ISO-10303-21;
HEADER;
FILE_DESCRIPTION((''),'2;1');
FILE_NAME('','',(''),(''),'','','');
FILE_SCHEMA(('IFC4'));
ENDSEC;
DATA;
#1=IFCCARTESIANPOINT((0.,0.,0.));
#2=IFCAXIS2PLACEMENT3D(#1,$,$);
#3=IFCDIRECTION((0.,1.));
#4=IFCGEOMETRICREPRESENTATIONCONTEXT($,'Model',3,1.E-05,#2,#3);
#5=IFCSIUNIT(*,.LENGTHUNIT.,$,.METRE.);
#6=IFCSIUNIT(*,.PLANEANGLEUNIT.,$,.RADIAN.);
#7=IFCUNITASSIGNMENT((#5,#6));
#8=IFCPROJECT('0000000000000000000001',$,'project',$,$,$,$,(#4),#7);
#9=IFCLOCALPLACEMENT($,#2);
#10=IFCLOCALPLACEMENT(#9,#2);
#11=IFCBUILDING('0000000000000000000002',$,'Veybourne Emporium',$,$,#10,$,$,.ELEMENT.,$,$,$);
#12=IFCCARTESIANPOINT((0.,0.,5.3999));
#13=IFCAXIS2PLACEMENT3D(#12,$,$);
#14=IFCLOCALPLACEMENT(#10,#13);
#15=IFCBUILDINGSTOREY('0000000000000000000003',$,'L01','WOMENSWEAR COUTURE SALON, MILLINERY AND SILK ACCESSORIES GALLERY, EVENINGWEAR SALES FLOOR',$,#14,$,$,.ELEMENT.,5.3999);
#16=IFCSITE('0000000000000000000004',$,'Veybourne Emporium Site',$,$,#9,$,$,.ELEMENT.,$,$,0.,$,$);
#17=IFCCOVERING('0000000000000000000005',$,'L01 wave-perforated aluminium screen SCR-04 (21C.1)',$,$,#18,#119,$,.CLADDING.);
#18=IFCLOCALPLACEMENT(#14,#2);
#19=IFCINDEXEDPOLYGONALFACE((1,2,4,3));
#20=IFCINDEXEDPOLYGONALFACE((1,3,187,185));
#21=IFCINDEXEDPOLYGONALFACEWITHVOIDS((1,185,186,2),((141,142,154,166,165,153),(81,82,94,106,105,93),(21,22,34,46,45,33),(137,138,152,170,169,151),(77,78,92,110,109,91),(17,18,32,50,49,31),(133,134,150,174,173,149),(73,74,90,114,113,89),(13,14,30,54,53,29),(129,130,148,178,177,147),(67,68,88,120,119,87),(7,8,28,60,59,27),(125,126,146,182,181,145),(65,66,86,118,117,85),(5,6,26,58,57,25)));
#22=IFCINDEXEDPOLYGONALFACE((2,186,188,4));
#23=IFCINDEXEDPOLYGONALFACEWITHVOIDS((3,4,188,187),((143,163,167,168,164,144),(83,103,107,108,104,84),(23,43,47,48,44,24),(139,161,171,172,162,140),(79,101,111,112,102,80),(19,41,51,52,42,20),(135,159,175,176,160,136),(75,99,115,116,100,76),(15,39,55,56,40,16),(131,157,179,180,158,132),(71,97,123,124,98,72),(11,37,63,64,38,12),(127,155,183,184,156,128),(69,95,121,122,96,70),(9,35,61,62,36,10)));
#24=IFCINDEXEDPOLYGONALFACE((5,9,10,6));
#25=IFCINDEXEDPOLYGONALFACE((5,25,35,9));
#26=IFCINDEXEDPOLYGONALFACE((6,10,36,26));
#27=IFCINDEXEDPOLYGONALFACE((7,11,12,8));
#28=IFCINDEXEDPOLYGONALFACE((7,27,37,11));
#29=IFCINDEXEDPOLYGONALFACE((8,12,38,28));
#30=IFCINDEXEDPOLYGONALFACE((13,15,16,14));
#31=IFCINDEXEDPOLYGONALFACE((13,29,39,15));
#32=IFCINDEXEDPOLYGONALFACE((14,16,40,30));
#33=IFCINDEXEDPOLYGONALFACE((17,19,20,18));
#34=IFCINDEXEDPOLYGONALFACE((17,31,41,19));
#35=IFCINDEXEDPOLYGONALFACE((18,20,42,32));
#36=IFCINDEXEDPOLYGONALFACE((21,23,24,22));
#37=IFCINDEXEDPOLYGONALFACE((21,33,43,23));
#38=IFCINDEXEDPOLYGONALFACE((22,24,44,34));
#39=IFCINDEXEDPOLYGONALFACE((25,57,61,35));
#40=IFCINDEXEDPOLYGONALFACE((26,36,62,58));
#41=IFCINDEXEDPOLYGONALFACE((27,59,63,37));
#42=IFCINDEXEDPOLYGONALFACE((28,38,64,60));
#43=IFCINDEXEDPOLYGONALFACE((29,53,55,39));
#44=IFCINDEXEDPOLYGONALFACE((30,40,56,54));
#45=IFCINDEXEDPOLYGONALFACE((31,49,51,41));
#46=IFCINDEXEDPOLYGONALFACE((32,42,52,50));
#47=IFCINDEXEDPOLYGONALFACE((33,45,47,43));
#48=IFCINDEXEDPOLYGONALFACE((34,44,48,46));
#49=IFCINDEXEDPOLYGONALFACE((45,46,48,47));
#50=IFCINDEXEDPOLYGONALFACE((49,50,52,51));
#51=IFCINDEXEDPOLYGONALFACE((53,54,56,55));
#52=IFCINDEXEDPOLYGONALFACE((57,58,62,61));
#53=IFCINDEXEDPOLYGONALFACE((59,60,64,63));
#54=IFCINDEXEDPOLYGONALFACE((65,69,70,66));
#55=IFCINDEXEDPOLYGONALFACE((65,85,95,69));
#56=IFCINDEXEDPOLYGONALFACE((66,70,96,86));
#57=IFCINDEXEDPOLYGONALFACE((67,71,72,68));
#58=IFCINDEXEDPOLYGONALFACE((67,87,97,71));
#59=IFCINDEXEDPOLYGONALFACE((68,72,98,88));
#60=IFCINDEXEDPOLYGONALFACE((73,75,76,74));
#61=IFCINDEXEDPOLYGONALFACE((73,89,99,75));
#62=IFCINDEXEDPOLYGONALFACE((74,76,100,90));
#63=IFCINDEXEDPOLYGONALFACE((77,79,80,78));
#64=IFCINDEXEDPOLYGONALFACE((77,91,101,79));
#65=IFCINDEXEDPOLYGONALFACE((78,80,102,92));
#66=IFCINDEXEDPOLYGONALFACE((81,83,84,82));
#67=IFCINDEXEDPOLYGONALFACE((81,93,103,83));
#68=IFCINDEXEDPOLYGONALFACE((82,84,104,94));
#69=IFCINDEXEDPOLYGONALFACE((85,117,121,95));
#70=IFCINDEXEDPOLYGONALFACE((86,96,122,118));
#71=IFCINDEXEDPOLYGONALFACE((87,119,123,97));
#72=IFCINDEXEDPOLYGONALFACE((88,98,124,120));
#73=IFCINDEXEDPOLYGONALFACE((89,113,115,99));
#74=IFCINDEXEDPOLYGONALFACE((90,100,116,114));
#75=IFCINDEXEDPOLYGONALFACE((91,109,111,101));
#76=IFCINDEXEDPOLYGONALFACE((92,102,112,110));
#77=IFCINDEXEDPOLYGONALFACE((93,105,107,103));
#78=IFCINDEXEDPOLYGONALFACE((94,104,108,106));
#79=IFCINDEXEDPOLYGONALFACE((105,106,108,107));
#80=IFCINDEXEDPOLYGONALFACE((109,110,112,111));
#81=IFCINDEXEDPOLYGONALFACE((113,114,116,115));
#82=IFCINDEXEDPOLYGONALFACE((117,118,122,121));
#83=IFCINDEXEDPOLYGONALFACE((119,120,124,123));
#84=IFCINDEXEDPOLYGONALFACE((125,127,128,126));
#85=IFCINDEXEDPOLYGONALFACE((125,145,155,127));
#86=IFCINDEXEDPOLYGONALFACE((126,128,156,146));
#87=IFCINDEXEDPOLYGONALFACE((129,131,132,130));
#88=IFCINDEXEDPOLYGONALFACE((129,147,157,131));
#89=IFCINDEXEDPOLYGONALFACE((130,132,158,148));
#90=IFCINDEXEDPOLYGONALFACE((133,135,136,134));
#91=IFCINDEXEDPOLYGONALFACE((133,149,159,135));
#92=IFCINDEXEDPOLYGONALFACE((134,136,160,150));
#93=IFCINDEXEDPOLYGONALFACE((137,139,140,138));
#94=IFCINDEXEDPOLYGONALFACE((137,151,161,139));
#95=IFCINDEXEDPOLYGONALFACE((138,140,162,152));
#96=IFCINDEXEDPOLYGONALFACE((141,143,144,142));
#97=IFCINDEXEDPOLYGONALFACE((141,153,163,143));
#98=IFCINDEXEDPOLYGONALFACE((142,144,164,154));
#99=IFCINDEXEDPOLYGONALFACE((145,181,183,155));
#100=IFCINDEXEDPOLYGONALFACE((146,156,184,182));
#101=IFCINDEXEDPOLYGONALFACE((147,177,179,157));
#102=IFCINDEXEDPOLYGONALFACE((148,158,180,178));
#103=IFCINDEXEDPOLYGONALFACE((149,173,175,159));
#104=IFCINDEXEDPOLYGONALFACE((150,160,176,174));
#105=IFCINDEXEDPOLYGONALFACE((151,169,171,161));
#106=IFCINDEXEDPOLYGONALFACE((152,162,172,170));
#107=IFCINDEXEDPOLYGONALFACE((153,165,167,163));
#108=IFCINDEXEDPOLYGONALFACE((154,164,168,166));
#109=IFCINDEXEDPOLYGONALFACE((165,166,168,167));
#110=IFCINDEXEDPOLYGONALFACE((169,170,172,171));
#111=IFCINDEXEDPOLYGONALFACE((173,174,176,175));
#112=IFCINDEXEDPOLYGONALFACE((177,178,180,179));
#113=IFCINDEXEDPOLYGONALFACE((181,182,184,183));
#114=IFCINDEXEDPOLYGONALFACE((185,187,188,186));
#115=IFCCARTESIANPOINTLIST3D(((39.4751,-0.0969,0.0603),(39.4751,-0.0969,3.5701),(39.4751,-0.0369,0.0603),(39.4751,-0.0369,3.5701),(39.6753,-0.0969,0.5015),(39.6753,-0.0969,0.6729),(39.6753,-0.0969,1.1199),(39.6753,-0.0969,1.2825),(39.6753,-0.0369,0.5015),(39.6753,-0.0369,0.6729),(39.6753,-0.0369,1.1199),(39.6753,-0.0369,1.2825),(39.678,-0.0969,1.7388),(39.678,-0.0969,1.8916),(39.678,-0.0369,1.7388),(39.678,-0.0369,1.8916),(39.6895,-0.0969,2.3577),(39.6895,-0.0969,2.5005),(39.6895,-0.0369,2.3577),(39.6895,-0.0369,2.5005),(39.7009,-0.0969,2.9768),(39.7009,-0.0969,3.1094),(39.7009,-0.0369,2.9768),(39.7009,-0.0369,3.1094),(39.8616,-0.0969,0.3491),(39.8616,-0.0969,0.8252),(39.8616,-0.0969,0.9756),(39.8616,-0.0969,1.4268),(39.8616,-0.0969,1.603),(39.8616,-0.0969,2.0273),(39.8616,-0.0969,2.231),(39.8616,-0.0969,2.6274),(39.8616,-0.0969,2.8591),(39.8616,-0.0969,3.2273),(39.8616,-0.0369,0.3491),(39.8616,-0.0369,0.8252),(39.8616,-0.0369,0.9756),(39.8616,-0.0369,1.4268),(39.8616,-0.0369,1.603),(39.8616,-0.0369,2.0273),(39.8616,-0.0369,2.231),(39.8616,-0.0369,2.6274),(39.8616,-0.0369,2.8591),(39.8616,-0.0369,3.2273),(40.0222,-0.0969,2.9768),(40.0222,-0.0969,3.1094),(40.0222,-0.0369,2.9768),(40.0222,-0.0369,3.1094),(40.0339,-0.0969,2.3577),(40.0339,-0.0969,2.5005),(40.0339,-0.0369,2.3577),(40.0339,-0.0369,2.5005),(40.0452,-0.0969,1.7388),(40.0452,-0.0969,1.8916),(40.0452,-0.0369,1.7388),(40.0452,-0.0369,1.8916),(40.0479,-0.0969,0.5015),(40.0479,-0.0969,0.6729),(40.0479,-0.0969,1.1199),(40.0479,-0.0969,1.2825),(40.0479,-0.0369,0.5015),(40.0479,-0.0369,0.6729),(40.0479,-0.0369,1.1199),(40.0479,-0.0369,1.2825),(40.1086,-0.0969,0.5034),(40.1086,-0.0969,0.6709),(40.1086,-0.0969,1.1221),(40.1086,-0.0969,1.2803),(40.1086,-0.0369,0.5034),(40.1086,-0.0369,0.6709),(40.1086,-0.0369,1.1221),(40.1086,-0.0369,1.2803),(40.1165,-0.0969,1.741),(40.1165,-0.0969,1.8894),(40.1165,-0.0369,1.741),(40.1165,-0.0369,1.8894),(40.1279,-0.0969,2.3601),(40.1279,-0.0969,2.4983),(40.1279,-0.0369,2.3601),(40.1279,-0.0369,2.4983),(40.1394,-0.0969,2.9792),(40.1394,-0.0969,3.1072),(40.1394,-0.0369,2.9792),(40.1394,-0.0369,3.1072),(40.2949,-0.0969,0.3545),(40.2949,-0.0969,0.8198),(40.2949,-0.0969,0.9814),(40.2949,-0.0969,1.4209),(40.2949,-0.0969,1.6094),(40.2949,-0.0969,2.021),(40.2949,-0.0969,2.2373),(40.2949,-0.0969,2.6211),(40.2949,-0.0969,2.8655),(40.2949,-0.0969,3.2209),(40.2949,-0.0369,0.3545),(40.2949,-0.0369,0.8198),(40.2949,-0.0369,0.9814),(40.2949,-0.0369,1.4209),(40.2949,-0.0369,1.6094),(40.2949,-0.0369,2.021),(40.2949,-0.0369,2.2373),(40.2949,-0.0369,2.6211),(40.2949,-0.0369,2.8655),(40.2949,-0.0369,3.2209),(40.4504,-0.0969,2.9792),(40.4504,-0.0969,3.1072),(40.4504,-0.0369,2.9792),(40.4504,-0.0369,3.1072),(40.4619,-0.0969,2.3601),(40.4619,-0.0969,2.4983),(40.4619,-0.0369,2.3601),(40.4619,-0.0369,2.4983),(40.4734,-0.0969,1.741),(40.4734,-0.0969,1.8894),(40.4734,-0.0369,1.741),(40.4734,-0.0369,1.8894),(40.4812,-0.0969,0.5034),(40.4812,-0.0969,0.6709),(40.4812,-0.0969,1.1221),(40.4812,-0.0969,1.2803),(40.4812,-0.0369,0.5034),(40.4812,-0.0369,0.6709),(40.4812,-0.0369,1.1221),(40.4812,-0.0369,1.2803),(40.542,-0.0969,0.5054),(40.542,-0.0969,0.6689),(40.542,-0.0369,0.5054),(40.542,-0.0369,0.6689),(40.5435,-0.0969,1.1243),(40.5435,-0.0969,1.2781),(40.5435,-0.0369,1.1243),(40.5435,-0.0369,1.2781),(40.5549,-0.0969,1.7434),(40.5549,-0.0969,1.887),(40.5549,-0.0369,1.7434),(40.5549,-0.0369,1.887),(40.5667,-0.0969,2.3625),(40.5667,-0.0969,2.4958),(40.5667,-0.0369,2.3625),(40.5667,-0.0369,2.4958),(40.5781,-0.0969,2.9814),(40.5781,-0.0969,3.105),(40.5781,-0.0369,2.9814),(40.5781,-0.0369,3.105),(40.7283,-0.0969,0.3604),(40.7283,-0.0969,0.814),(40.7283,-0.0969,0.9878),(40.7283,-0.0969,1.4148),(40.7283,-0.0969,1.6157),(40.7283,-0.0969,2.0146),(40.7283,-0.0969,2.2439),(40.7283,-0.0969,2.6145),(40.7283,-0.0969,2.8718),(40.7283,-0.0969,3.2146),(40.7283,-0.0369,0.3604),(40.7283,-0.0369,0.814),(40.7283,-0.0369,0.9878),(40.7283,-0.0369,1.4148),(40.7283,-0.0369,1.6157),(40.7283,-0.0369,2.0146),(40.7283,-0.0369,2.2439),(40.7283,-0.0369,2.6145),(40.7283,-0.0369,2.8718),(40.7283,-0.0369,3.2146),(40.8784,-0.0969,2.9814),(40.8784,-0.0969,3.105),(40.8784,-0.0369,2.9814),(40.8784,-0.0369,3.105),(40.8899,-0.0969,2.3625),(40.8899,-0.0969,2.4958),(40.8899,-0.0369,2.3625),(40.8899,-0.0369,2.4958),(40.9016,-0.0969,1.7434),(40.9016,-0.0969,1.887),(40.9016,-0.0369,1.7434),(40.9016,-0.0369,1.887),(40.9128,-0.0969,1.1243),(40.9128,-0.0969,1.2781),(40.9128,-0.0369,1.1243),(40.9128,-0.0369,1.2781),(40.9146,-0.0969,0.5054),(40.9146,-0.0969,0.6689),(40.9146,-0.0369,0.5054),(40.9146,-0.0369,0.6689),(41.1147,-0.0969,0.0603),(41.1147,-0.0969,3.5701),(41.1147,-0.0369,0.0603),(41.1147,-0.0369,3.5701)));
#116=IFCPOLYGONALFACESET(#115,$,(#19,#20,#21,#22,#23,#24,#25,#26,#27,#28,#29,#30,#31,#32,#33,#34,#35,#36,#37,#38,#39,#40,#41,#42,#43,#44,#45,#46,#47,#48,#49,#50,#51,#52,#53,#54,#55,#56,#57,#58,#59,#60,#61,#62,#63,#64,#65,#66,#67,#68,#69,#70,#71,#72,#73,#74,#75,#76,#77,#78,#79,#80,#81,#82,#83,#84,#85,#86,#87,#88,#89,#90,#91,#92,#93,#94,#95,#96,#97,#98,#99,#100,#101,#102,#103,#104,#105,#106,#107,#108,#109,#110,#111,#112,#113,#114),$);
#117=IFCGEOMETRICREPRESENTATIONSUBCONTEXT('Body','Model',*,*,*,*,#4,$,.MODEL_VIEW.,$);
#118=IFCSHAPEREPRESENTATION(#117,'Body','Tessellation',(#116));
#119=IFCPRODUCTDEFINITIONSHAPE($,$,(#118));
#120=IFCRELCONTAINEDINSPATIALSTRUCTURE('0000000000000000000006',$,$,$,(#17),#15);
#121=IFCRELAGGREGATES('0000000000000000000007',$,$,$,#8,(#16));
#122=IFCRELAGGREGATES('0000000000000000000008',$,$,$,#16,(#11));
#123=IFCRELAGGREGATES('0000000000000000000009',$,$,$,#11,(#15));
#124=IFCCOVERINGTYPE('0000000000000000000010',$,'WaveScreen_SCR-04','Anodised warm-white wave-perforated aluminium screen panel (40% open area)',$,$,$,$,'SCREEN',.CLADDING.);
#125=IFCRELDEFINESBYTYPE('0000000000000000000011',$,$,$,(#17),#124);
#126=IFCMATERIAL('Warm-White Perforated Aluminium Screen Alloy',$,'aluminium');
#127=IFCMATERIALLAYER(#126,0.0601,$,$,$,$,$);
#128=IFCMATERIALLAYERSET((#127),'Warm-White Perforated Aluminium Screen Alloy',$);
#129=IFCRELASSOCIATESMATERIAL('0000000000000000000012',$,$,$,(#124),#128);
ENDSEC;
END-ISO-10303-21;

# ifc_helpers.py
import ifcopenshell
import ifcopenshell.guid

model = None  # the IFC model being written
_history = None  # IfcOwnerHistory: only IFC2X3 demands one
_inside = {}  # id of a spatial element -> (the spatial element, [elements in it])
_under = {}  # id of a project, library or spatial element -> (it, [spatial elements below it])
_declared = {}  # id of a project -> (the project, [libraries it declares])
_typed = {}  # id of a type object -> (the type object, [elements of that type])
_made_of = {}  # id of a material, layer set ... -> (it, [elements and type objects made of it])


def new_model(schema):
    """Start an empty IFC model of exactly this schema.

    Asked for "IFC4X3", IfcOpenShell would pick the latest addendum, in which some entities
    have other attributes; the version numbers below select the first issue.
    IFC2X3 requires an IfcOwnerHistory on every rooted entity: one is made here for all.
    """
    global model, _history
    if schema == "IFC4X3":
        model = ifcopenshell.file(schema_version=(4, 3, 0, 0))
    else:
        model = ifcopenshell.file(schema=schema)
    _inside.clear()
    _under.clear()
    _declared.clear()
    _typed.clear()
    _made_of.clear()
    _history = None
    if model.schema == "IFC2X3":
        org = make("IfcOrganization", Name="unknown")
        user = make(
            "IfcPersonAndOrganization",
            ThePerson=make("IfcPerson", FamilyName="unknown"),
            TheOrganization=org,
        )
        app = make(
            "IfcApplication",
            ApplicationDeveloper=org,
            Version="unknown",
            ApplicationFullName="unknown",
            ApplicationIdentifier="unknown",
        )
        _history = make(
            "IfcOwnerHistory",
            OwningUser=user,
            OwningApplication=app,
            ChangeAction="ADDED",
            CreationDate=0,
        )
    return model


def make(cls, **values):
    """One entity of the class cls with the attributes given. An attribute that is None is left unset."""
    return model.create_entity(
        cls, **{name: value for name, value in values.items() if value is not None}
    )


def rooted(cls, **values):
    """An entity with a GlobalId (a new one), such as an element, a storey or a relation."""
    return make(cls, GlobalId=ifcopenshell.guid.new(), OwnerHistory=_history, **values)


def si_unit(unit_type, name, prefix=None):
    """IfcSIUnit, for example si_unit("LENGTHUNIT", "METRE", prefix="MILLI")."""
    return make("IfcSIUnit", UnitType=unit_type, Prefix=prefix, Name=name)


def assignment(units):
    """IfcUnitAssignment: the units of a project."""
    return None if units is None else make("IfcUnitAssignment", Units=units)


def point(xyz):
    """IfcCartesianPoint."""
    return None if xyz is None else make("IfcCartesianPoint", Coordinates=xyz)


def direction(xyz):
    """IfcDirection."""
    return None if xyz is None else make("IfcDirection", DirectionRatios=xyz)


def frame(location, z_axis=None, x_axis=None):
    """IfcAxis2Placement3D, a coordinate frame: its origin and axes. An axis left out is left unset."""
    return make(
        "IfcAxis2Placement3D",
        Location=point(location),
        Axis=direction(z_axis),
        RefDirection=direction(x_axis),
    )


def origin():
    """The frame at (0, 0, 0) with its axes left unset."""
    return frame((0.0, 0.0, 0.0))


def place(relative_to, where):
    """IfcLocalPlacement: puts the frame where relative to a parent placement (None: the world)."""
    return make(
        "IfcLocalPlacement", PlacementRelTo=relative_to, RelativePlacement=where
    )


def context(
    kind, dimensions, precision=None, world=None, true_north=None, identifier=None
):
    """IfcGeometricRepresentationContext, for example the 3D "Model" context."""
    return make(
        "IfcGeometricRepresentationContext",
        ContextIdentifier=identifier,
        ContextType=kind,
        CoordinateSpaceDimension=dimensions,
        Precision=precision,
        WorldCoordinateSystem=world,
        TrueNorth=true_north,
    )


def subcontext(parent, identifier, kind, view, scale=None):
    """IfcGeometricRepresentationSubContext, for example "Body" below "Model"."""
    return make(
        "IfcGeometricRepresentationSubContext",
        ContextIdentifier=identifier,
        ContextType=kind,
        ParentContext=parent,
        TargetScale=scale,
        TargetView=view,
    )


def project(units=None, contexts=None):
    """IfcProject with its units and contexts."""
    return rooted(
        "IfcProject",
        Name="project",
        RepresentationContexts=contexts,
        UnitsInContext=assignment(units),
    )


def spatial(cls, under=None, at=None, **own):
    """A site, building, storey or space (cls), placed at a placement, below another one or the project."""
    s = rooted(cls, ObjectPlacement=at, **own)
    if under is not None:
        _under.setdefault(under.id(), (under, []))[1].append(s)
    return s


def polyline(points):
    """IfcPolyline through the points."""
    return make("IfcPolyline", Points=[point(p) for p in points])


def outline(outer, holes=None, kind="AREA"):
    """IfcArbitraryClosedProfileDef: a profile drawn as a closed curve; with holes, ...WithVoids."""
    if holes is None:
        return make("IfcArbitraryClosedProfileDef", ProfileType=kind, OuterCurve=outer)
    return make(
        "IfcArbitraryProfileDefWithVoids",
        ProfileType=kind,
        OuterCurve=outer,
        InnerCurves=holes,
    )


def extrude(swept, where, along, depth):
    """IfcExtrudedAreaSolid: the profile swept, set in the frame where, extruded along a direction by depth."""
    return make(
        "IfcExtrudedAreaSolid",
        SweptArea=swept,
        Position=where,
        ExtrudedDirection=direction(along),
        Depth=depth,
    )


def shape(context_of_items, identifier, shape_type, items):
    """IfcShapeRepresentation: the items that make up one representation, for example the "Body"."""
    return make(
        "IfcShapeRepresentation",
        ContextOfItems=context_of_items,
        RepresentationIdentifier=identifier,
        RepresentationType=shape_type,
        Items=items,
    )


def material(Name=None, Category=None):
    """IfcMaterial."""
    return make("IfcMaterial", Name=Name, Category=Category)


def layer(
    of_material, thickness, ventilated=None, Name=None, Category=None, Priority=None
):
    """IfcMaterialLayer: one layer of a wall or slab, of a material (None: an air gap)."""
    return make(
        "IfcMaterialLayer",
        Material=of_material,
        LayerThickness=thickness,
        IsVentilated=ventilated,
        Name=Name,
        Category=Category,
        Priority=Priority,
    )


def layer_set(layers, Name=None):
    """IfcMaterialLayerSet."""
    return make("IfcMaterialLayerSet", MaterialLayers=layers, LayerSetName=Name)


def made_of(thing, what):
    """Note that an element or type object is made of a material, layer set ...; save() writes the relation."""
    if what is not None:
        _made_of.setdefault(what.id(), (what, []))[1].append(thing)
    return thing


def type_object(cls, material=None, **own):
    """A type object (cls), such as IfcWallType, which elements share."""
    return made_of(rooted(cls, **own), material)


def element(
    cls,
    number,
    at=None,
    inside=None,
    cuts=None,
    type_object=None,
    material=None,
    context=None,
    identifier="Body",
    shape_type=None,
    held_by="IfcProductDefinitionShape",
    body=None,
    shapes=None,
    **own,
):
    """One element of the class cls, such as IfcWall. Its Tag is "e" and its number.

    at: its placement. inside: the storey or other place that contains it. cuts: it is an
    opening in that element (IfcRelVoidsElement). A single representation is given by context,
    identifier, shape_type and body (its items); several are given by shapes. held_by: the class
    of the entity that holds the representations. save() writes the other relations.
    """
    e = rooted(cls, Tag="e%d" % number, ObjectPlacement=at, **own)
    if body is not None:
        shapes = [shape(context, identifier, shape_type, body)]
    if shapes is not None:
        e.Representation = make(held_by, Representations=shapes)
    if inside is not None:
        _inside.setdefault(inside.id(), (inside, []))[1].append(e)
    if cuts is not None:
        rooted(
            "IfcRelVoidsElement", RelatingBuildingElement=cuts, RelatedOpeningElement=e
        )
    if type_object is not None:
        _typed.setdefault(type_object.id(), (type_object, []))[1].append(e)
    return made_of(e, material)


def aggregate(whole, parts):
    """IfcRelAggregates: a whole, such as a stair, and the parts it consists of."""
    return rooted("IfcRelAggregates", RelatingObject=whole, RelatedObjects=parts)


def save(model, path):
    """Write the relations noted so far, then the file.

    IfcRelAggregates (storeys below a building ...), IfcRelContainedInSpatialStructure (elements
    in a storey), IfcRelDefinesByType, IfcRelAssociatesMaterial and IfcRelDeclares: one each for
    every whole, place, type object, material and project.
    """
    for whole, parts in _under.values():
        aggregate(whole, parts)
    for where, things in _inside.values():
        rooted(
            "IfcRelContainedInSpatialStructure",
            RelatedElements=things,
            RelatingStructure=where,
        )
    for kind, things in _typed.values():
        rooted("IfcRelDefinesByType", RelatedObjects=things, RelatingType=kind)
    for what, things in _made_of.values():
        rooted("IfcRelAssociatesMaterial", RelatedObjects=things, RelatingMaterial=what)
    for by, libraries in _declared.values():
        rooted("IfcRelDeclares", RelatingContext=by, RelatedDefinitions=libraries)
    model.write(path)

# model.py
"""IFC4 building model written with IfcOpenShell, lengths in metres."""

from ifc_helpers import new_model, si_unit, direction, frame, origin, place, context, subcontext, project, spatial, polyline, outline, extrude, material, layer, layer_set, type_object, element, save


model = new_model("IFC4")

# Units and contexts
model_context = context("Model", 3, precision=1e-05, world=origin(), true_north=direction((0.0, 1.0)))
body_context = subcontext(model_context, "Body", "Model", "MODEL_VIEW")
ifc_project = project(units=[si_unit("LENGTHUNIT", "METRE"), si_unit("PLANEANGLEUNIT", "RADIAN")], contexts=[model_context])

# Site, building, storey
site_placement = place(None, origin())
site = spatial("IfcSite", under=ifc_project, at=site_placement, Name="Veybourne Emporium Site", CompositionType="ELEMENT", RefElevation=0.0)
building_placement = place(site_placement, origin())
building = spatial("IfcBuilding", under=site, at=building_placement, Name="Veybourne Emporium", CompositionType="ELEMENT")
storey_placement = place(building_placement, frame((0.0, 0.0, 5.3999)))
storey = spatial("IfcBuildingStorey", under=building, at=storey_placement, Name="L01", Description="WOMENSWEAR COUTURE SALON, MILLINERY AND SILK ACCESSORIES GALLERY, EVENINGWEAR SALES FLOOR", CompositionType="ELEMENT", Elevation=5.3999)

# Covering
ifc_material_1 = material(Name="Warm-White Perforated Aluminium Screen Alloy", Category="aluminium")
ifc_layer_1 = layer(ifc_material_1, 0.0601)
ifc_layer_set_1 = layer_set([ifc_layer_1], Name="Warm-White Perforated Aluminium Screen Alloy")
covering_type_1 = type_object("IfcCoveringType", Name="WaveScreen_SCR-04", Description="Anodised warm-white wave-perforated aluminium screen panel (40% open area)", ElementType="SCREEN", PredefinedType="CLADDING", material=ifc_layer_set_1)
covering_1_placement = place(storey_placement, frame((40.2949, -0.0969, 1.8152), z_axis=(0.0, 1.0, 0.0), x_axis=(-1.0, 0.0, 0.0)))
element("IfcCovering", 1, at=covering_1_placement, inside=storey, type_object=covering_type_1, Name="L01 wave-perforated aluminium screen SCR-04 (21C.1)", PredefinedType="CLADDING", context=body_context, shape_type="SweptSolid", body=[
    extrude(outline(polyline([(-0.8198, -1.7549), (0.8198, -1.7549), (0.8198, 1.7549), (-0.8198, 1.7549), (-0.8198, -1.7549)]), holes=[polyline([(-0.4333, -1.0012), (-0.2471, -1.1462), (-0.2471, -1.3098), (-0.4333, -1.4548), (-0.6196, -1.3098), (-0.6196, -1.1462), (-0.4333, -1.0012)]), polyline([(-0.4333, -0.4004), (-0.2485, -0.5371), (-0.2485, -0.6909), (-0.4333, -0.8274), (-0.6179, -0.6909), (-0.6179, -0.5371), (-0.4333, -0.4004)]), polyline([(-0.4333, 0.1995), (-0.26, 0.0718), (-0.26, -0.0718), (-0.4333, -0.1995), (-0.6067, -0.0718), (-0.6067, 0.0718), (-0.4333, 0.1995)]), polyline([(-0.4333, 0.7993), (-0.2717, 0.6807), (-0.2717, 0.5474), (-0.4333, 0.4287), (-0.595, 0.5474), (-0.595, 0.6807), (-0.4333, 0.7993)]), polyline([(-0.4333, 1.3994), (-0.2832, 1.2898), (-0.2832, 1.1663), (-0.4333, 1.0566), (-0.5835, 1.1663), (-0.5835, 1.2898), (-0.4333, 1.3994)]), polyline([(0.0, -0.9954), (0.1863, -1.1443), (0.1863, -1.3118), (0.0, -1.4607), (-0.1863, -1.3118), (-0.1863, -1.1443), (0.0, -0.9954)]), polyline([(0.0, -0.3943), (0.1863, -0.5349), (0.1863, -0.6931), (0.0, -0.8337), (-0.1863, -0.6931), (-0.1863, -0.5349), (0.0, -0.3943)]), polyline([(0.0, 0.2058), (0.1785, 0.0742), (0.1785, -0.0742), (0.0, -0.2058), (-0.1785, -0.0742), (-0.1785, 0.0742), (0.0, 0.2058)]), polyline([(0.0, 0.8059), (0.167, 0.6831), (0.167, 0.5449), (0.0, 0.4221), (-0.167, 0.5449), (-0.167, 0.6831), (0.0, 0.8059)]), polyline([(0.0, 1.4058), (0.1555, 1.292), (0.1555, 1.1641), (0.0, 1.0503), (-0.1555, 1.1641), (-0.1555, 1.292), (0.0, 1.4058)]), polyline([(0.4333, -0.99), (0.6196, -1.1423), (0.6196, -1.3137), (0.4333, -1.4661), (0.2471, -1.3137), (0.2471, -1.1423), (0.4333, -0.99)]), polyline([(0.4333, -0.3884), (0.6196, -0.5327), (0.6196, -0.6953), (0.4333, -0.8396), (0.2471, -0.6953), (0.2471, -0.5327), (0.4333, -0.3884)]), polyline([(0.4333, 0.2122), (0.6169, 0.0764), (0.6169, -0.0764), (0.4333, -0.2122), (0.2498, -0.0764), (0.2498, 0.0764), (0.4333, 0.2122)]), polyline([(0.4333, 0.8123), (0.6055, 0.6853), (0.6055, 0.5425), (0.4333, 0.4158), (0.261, 0.5425), (0.261, 0.6853), (0.4333, 0.8123)]), polyline([(0.4333, 1.4121), (0.594, 1.2942), (0.594, 1.1616), (0.4333, 1.0439), (0.2727, 1.1616), (0.2727, 1.2942), (0.4333, 1.4121)])]), origin(), (0.0, 0.0, 1.0), 0.0601),
])

save(model, "model.ifc")
